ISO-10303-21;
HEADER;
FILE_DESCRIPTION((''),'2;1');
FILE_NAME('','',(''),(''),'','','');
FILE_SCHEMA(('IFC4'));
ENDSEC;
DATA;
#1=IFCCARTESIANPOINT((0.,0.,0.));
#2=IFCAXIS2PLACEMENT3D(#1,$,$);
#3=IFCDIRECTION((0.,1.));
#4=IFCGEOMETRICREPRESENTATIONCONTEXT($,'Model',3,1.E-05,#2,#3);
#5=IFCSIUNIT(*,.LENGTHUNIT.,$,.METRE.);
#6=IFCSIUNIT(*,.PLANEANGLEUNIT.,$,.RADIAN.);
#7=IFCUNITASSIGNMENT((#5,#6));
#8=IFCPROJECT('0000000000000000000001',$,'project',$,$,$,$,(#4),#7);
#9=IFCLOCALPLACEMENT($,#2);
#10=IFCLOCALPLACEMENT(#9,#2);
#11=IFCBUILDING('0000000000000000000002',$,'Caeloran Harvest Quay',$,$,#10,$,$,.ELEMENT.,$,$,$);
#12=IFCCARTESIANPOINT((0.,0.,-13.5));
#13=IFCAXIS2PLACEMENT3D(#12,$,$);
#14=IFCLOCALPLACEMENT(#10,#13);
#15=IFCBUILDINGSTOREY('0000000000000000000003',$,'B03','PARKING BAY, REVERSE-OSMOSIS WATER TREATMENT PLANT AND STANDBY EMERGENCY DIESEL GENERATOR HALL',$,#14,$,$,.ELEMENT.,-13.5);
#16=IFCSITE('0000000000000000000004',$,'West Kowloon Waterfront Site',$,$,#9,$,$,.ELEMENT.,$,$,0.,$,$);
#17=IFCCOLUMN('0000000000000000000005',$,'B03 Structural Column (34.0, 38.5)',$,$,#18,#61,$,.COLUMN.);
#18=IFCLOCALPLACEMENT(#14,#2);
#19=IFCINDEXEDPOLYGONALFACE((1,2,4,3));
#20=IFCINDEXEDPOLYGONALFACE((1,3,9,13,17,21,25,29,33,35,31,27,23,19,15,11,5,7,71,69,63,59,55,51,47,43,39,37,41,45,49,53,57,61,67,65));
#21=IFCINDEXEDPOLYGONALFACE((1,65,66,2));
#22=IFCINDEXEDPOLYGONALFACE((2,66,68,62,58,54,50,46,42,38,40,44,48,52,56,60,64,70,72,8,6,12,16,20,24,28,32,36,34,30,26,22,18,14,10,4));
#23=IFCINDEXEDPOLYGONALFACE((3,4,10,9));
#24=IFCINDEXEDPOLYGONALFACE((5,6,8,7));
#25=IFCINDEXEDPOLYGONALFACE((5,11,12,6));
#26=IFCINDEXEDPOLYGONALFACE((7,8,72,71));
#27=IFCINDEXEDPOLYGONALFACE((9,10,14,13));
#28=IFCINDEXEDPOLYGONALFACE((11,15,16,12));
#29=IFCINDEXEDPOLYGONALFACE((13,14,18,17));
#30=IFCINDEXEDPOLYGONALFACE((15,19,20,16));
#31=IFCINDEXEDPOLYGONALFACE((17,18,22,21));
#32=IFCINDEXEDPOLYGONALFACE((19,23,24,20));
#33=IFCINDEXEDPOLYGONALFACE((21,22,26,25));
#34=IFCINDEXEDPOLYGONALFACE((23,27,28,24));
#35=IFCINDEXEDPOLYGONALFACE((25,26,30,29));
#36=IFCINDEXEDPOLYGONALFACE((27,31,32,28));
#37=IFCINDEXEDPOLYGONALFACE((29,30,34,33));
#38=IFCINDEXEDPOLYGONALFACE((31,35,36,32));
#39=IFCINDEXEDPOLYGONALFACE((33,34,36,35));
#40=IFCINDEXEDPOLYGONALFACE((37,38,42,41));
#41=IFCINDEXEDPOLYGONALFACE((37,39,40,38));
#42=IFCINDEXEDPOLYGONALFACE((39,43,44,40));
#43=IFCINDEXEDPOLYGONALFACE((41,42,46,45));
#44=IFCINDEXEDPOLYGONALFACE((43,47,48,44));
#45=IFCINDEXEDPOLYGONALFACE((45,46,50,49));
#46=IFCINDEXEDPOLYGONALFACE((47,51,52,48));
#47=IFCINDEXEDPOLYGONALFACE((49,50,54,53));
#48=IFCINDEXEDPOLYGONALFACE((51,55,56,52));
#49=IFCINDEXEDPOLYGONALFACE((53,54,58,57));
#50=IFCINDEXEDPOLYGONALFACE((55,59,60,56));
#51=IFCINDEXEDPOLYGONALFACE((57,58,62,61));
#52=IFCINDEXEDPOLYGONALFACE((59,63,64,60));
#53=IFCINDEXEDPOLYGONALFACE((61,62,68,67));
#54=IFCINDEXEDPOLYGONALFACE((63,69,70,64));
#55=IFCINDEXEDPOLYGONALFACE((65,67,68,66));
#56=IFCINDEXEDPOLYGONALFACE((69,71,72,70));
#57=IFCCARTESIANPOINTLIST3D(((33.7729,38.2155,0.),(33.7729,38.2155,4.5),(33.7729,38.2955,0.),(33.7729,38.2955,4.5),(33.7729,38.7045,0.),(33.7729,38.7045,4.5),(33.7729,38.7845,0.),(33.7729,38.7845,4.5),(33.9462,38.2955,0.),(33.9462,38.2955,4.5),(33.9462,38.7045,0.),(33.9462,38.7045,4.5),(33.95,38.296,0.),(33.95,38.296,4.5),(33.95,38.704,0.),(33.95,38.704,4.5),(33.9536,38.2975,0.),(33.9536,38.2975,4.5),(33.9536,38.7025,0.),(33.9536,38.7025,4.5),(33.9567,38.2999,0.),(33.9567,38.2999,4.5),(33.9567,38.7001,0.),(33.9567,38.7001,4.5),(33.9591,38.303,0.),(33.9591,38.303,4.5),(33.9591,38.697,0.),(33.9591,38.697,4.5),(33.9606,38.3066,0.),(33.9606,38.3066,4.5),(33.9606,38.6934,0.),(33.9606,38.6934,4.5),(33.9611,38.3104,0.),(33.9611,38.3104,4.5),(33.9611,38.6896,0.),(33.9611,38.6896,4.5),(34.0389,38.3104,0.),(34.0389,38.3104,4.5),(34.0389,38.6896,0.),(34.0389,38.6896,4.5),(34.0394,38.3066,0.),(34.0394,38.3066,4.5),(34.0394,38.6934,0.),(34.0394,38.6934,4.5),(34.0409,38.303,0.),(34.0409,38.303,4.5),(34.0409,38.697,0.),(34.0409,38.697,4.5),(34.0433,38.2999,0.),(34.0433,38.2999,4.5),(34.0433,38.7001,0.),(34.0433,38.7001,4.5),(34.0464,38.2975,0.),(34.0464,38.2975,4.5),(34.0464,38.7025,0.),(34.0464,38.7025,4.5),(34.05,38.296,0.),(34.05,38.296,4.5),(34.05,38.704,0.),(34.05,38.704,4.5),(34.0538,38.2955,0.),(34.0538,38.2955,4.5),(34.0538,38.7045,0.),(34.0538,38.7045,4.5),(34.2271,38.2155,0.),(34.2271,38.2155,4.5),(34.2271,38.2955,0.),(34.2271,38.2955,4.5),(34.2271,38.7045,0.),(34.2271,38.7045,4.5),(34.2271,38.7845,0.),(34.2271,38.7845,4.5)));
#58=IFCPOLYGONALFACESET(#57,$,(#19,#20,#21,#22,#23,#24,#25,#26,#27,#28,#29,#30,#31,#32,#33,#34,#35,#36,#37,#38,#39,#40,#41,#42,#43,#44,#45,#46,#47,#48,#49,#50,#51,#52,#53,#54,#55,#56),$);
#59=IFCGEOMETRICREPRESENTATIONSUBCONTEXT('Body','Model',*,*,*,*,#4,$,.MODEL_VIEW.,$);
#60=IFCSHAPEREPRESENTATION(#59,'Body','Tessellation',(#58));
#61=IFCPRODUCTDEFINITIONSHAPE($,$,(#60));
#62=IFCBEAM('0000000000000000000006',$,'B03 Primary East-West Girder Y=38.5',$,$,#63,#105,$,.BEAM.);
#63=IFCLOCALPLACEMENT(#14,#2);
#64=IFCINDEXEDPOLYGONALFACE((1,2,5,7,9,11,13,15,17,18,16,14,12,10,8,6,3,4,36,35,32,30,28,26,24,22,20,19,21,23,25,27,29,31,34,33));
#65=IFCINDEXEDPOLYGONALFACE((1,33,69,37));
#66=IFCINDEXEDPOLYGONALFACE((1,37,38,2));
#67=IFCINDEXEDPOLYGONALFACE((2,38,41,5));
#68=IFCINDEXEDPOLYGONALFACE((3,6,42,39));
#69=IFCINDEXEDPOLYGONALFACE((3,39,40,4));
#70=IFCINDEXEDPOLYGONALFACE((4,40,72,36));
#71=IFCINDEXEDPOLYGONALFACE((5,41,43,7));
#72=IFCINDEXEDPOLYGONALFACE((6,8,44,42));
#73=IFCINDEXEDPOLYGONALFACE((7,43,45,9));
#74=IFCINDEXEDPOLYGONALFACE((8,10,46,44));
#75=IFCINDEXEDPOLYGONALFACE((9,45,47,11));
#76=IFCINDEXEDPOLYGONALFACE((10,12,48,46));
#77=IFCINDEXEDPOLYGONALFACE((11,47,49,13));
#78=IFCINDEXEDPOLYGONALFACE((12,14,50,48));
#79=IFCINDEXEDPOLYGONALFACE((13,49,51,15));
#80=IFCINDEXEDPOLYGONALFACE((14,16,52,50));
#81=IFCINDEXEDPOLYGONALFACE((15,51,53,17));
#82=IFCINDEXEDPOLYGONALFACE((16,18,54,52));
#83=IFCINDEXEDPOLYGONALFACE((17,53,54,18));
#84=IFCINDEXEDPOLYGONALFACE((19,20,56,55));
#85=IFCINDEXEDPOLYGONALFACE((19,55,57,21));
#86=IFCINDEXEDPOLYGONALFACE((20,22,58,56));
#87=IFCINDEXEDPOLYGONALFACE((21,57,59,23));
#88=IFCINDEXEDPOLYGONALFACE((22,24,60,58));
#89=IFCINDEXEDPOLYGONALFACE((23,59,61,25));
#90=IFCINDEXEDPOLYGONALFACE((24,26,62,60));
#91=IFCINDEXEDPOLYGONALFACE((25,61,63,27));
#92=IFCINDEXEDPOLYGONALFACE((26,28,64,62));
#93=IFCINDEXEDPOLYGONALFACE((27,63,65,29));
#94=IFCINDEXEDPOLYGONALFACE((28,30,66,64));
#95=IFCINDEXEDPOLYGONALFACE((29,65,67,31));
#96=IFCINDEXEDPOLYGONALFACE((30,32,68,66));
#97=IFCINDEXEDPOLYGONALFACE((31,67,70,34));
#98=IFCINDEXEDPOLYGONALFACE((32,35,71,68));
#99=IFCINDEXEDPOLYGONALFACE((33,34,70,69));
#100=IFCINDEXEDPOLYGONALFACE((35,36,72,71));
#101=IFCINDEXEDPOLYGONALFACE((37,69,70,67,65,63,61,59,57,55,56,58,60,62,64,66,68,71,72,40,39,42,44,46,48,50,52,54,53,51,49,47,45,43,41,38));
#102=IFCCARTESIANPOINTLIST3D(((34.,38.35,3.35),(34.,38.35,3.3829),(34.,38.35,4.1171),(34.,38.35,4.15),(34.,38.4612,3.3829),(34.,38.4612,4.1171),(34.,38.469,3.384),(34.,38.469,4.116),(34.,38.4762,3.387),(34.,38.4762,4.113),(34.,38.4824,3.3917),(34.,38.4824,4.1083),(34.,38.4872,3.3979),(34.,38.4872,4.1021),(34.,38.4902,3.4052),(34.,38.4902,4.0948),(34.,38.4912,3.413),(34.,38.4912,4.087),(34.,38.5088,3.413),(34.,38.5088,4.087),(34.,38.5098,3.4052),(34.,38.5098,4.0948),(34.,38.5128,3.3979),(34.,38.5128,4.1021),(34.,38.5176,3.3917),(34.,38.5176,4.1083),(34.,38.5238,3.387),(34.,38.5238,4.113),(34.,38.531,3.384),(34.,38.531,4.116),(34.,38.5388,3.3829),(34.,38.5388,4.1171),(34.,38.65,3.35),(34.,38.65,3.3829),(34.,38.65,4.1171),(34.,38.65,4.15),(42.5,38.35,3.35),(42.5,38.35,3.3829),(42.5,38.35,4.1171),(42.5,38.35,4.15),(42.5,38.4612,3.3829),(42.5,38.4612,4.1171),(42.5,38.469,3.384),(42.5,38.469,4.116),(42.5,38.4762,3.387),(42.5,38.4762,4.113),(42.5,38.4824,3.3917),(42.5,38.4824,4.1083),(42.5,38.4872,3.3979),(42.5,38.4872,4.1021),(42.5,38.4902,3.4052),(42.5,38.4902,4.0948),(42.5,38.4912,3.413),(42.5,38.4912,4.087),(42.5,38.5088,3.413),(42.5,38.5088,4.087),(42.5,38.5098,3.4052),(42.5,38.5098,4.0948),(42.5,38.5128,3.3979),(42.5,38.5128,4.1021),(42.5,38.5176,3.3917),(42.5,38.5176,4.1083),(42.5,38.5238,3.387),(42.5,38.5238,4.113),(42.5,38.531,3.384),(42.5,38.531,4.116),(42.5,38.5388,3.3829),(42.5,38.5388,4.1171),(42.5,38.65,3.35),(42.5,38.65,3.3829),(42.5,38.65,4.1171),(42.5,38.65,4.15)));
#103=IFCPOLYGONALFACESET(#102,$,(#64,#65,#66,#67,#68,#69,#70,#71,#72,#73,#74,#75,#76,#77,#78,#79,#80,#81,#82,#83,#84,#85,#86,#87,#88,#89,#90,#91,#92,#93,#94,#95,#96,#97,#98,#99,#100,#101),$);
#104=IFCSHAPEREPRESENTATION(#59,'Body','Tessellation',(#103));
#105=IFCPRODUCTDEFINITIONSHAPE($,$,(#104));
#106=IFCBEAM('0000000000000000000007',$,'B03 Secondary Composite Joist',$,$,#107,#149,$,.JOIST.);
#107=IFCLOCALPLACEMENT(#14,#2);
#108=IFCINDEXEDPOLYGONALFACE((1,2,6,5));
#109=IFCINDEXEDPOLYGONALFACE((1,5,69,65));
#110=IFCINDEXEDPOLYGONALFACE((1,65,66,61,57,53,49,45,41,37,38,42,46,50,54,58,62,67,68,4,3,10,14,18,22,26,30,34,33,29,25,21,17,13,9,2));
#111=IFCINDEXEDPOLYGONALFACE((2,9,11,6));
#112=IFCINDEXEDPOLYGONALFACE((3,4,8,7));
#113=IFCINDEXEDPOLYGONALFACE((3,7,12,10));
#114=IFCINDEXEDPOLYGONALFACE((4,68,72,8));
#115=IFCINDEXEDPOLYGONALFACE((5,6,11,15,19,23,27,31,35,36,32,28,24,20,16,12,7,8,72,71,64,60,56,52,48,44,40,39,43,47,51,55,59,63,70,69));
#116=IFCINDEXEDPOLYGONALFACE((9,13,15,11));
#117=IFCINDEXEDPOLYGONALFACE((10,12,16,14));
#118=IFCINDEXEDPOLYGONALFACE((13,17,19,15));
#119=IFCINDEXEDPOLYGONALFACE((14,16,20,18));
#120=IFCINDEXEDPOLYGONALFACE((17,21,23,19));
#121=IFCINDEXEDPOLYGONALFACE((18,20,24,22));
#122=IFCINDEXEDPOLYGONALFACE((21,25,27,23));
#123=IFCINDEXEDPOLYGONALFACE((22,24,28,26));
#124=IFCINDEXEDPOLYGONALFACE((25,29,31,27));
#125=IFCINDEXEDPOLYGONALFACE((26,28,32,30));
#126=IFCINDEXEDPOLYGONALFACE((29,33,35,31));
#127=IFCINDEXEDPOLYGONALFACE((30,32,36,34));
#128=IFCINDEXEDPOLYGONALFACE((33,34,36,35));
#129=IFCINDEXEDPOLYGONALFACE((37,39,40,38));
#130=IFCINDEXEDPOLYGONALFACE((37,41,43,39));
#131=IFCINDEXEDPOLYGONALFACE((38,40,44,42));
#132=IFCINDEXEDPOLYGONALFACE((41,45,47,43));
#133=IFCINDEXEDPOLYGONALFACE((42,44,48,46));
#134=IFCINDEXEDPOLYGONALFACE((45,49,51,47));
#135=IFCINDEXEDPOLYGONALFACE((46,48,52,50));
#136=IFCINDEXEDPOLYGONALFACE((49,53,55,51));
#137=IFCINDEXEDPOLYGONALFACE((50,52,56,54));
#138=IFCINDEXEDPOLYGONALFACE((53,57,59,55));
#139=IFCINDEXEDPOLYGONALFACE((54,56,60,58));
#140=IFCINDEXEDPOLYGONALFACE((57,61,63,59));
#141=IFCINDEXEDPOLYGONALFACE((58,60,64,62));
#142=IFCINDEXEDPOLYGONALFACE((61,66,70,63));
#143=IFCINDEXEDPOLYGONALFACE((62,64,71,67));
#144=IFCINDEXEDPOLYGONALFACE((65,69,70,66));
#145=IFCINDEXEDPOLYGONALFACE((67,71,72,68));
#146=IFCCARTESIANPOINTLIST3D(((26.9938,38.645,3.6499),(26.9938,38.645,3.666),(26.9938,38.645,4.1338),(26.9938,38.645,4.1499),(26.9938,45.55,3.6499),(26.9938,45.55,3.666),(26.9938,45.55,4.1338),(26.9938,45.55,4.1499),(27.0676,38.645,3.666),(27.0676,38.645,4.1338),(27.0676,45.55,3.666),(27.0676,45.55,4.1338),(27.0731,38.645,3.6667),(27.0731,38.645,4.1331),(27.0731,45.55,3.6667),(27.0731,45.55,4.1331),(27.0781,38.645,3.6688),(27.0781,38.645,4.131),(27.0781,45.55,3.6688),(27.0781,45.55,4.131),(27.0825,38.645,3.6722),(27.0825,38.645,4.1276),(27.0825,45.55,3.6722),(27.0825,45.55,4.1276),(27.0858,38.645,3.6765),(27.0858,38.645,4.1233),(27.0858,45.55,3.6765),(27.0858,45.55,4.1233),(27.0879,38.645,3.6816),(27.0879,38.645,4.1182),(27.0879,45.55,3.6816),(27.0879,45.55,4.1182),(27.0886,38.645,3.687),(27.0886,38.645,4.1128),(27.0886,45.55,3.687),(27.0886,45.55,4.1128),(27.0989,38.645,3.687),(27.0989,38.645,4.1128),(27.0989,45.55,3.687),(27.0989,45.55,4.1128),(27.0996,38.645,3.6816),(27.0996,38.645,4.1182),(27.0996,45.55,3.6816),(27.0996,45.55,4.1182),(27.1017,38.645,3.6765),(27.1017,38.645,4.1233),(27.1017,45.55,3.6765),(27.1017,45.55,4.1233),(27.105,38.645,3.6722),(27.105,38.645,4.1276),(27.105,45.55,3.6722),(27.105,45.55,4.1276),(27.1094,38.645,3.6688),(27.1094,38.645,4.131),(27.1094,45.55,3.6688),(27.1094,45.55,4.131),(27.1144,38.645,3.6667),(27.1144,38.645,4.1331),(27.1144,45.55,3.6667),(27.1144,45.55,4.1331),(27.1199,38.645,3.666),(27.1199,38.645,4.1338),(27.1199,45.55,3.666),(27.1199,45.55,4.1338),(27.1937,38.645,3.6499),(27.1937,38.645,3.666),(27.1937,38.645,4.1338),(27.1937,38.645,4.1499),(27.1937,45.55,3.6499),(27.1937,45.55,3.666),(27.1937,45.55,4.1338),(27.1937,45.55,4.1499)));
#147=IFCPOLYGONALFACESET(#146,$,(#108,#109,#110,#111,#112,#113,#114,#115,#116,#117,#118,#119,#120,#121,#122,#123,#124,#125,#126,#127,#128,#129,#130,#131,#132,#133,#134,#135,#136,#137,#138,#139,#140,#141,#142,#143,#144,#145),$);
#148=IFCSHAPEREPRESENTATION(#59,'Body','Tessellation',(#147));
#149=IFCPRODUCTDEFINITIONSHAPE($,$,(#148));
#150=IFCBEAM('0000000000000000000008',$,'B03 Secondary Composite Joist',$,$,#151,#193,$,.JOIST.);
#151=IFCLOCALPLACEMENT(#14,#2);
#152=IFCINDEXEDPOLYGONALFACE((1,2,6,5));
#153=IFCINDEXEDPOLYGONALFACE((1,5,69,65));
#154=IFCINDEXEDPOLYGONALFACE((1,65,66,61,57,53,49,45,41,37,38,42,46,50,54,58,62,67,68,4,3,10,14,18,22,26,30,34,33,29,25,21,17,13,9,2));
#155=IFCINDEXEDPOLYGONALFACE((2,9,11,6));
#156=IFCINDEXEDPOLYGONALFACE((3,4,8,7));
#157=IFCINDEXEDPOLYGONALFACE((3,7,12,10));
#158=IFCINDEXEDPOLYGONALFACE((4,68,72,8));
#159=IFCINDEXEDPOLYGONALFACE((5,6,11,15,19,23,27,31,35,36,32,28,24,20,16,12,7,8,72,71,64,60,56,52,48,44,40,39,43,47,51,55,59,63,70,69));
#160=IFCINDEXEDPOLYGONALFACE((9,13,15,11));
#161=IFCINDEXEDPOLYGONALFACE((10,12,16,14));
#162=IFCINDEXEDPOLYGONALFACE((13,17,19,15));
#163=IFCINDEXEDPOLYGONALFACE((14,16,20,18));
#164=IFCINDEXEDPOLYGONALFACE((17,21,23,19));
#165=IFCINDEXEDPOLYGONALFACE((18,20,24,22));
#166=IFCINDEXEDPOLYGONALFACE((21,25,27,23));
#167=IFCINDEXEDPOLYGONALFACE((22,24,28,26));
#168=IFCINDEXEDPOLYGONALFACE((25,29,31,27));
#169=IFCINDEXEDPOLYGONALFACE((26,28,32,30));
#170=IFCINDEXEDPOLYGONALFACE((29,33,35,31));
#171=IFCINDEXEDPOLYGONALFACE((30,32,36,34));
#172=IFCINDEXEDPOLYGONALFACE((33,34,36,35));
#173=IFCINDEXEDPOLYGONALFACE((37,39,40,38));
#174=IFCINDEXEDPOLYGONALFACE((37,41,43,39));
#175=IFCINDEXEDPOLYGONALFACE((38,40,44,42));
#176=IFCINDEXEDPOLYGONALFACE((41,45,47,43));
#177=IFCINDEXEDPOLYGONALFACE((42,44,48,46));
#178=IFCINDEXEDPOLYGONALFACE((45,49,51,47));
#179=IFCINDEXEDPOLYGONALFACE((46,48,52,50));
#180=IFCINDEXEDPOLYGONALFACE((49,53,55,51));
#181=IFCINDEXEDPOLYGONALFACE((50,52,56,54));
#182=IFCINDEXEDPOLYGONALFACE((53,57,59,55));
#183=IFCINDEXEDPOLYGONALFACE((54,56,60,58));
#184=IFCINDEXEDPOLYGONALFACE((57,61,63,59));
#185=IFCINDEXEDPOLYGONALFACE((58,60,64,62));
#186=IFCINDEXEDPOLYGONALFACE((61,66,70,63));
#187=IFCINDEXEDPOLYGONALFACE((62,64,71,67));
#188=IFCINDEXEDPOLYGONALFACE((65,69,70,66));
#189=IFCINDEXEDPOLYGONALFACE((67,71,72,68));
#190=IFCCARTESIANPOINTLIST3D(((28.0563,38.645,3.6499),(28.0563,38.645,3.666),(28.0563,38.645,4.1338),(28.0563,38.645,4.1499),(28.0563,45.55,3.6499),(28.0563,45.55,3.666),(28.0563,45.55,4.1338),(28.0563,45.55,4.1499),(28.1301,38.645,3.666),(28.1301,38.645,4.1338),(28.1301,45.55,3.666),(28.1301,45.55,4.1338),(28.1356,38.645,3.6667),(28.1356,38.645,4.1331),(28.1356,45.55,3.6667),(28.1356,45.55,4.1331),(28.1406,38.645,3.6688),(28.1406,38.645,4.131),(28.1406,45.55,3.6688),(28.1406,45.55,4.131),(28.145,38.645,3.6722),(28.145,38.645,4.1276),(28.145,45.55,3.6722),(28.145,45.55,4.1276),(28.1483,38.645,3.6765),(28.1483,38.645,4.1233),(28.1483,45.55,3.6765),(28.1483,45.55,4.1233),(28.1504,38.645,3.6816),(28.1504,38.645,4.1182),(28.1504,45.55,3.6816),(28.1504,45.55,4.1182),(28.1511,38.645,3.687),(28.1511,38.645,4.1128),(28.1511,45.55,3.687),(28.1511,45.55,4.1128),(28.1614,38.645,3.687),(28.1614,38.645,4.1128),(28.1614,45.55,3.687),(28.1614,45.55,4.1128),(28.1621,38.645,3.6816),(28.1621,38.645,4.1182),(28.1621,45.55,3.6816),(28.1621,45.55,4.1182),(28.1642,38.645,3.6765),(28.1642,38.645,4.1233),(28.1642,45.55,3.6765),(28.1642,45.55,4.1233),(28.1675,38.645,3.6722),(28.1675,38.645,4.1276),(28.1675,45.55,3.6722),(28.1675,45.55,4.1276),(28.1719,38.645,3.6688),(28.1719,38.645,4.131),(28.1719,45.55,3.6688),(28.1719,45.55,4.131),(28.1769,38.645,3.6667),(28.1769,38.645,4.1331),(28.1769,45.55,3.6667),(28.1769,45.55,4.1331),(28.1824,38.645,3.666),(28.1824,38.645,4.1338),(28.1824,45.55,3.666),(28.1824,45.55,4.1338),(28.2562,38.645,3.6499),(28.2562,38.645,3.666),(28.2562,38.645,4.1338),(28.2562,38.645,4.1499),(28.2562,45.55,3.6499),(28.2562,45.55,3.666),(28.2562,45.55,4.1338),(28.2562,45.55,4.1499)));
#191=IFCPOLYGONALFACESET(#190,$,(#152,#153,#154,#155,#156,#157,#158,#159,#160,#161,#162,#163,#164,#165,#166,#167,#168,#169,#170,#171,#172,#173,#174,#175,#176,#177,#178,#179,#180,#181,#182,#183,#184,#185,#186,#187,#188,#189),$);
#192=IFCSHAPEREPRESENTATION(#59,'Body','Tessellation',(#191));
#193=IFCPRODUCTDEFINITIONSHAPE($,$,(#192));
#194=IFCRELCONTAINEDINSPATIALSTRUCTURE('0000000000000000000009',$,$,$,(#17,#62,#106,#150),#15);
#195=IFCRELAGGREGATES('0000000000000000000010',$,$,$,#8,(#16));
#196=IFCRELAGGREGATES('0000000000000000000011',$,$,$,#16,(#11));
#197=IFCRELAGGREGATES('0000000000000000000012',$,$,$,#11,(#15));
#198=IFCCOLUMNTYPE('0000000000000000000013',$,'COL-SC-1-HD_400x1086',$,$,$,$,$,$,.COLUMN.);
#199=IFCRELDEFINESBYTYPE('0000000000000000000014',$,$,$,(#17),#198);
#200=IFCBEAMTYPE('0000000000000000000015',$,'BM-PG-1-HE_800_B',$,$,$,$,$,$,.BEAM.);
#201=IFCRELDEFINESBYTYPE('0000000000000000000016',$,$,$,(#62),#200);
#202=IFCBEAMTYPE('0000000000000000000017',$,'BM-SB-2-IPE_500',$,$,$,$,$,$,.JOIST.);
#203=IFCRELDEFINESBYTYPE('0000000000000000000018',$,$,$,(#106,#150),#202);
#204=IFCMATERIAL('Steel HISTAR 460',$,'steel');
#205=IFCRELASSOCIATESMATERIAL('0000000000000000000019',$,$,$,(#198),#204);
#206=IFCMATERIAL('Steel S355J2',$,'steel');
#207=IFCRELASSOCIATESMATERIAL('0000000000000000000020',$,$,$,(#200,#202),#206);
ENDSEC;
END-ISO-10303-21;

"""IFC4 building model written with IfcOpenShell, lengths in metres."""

from ifc_helpers import new_model, si_unit, direction, frame, origin, origin_2d, place, context, subcontext, project, spatial, i_section, extrude, material, material_profile, profile_set, type_object, element, save


model = new_model("IFC4")

# Units and contexts
model_context = context("Model", 3, precision=1e-05, world=origin(), true_north=direction((0.0, 1.0)))
body_context = subcontext(model_context, "Body", "Model", "MODEL_VIEW")
ifc_project = project(units=[si_unit("LENGTHUNIT", "METRE"), si_unit("PLANEANGLEUNIT", "RADIAN")], contexts=[model_context])

# Site, building, storey
site_placement = place(None, origin())
site = spatial("IfcSite", under=ifc_project, at=site_placement, Name="West Kowloon Waterfront Site", CompositionType="ELEMENT", RefElevation=0.0)
building_placement = place(site_placement, origin())
building = spatial("IfcBuilding", under=site, at=building_placement, Name="Caeloran Harvest Quay", CompositionType="ELEMENT")
storey_placement = place(building_placement, frame((0.0, 0.0, -13.5)))
storey = spatial("IfcBuildingStorey", under=building, at=storey_placement, Name="B03", Description="PARKING BAY, REVERSE-OSMOSIS WATER TREATMENT PLANT AND STANDBY EMERGENCY DIESEL GENERATOR HALL", CompositionType="ELEMENT", Elevation=-13.5)

# Column
ifc_material_1 = material(Name="Steel HISTAR 460", Category="steel")
ifc_material_profile_1 = material_profile(ifc_material_1, i_section(OverallWidth=0.4541, OverallDepth=0.5691, WebThickness=0.0779, FlangeThickness=0.0801, FilletRadius=0.0149, at=origin_2d()), Name="HD 400x1086")
ifc_profile_set_1 = profile_set([ifc_material_profile_1], Name="Steel HISTAR 460")
column_type = type_object("IfcColumnType", Name="COL-SC-1-HD_400x1086", PredefinedType="COLUMN", material=ifc_profile_set_1)
column_placement = place(storey_placement, frame((34.0, 38.5, 0.0), z_axis=(0.0, 0.0, 1.0), x_axis=(1.0, 0.0, 0.0)))
element("IfcColumn", 1, at=column_placement, inside=storey, type_object=column_type, Name="B03 Structural Column (34.0, 38.5)", PredefinedType="COLUMN", context=body_context, shape_type="SweptSolid", body=[
    extrude(i_section(OverallWidth=0.4541, OverallDepth=0.5691, WebThickness=0.0779, FlangeThickness=0.0801, FilletRadius=0.0149, at=origin_2d()), origin(), (0.0, 0.0, 1.0), 4.5),
])

# Beams
ifc_material_2 = material(Name="Steel S355J2", Category="steel")
ifc_material_profile_2 = material_profile(ifc_material_2, i_section(OverallWidth=0.3, OverallDepth=0.8, WebThickness=0.0176, FlangeThickness=0.033, FilletRadius=0.03, at=origin_2d()), Name="HE 800 B")
ifc_profile_set_2 = profile_set([ifc_material_profile_2], Name="Steel S355J2")
beam_type_1 = type_object("IfcBeamType", Name="BM-PG-1-HE_800_B", PredefinedType="BEAM", material=ifc_profile_set_2)
beam_placement = place(storey_placement, frame((34.0, 38.5, 3.75), z_axis=(1.0, 0.0, 0.0), x_axis=(0.0, 1.0, 0.0)))
element("IfcBeam", 2, at=beam_placement, inside=storey, type_object=beam_type_1, Name="B03 Primary East-West Girder Y=38.5", PredefinedType="BEAM", context=body_context, shape_type="SweptSolid", body=[
    extrude(i_section(OverallWidth=0.3, OverallDepth=0.8, WebThickness=0.0176, FlangeThickness=0.033, FilletRadius=0.03, at=origin_2d()), origin(), (0.0, 0.0, 1.0), 8.5),
])
ifc_material_profile_3 = material_profile(ifc_material_2, i_section(OverallWidth=0.2, OverallDepth=0.5, WebThickness=0.0103, FlangeThickness=0.0161, FilletRadius=0.021, at=origin_2d()), Name="IPE 500")
ifc_profile_set_3 = profile_set([ifc_material_profile_3], Name="Steel S355J2")
beam_type_2 = type_object("IfcBeamType", Name="BM-SB-2-IPE_500", PredefinedType="JOIST", material=ifc_profile_set_3)
for number, where, z_axis, x_axis, name in (
    (3, (27.0938, 38.645, 3.8999), (0.0, 1.0, 0.0), (-1.0, 0.0, 0.0), "B03 Secondary Composite Joist"),
    (4, (28.1562, 38.645, 3.8999), (0.0, 1.0, 0.0), (-1.0, 0.0, 0.0), "B03 Secondary Composite Joist"),
):
    element("IfcBeam", number, at=place(storey_placement, frame(where, z_axis=z_axis, x_axis=x_axis)), inside=storey, type_object=beam_type_2, Name=name, PredefinedType="JOIST", context=body_context, shape_type="SweptSolid", body=[
        extrude(i_section(OverallWidth=0.2, OverallDepth=0.5, WebThickness=0.0103, FlangeThickness=0.0161, FilletRadius=0.021, at=origin_2d()), origin(), (0.0, 0.0, 1.0), 6.905),
    ])

save(model, "model.ifc")
